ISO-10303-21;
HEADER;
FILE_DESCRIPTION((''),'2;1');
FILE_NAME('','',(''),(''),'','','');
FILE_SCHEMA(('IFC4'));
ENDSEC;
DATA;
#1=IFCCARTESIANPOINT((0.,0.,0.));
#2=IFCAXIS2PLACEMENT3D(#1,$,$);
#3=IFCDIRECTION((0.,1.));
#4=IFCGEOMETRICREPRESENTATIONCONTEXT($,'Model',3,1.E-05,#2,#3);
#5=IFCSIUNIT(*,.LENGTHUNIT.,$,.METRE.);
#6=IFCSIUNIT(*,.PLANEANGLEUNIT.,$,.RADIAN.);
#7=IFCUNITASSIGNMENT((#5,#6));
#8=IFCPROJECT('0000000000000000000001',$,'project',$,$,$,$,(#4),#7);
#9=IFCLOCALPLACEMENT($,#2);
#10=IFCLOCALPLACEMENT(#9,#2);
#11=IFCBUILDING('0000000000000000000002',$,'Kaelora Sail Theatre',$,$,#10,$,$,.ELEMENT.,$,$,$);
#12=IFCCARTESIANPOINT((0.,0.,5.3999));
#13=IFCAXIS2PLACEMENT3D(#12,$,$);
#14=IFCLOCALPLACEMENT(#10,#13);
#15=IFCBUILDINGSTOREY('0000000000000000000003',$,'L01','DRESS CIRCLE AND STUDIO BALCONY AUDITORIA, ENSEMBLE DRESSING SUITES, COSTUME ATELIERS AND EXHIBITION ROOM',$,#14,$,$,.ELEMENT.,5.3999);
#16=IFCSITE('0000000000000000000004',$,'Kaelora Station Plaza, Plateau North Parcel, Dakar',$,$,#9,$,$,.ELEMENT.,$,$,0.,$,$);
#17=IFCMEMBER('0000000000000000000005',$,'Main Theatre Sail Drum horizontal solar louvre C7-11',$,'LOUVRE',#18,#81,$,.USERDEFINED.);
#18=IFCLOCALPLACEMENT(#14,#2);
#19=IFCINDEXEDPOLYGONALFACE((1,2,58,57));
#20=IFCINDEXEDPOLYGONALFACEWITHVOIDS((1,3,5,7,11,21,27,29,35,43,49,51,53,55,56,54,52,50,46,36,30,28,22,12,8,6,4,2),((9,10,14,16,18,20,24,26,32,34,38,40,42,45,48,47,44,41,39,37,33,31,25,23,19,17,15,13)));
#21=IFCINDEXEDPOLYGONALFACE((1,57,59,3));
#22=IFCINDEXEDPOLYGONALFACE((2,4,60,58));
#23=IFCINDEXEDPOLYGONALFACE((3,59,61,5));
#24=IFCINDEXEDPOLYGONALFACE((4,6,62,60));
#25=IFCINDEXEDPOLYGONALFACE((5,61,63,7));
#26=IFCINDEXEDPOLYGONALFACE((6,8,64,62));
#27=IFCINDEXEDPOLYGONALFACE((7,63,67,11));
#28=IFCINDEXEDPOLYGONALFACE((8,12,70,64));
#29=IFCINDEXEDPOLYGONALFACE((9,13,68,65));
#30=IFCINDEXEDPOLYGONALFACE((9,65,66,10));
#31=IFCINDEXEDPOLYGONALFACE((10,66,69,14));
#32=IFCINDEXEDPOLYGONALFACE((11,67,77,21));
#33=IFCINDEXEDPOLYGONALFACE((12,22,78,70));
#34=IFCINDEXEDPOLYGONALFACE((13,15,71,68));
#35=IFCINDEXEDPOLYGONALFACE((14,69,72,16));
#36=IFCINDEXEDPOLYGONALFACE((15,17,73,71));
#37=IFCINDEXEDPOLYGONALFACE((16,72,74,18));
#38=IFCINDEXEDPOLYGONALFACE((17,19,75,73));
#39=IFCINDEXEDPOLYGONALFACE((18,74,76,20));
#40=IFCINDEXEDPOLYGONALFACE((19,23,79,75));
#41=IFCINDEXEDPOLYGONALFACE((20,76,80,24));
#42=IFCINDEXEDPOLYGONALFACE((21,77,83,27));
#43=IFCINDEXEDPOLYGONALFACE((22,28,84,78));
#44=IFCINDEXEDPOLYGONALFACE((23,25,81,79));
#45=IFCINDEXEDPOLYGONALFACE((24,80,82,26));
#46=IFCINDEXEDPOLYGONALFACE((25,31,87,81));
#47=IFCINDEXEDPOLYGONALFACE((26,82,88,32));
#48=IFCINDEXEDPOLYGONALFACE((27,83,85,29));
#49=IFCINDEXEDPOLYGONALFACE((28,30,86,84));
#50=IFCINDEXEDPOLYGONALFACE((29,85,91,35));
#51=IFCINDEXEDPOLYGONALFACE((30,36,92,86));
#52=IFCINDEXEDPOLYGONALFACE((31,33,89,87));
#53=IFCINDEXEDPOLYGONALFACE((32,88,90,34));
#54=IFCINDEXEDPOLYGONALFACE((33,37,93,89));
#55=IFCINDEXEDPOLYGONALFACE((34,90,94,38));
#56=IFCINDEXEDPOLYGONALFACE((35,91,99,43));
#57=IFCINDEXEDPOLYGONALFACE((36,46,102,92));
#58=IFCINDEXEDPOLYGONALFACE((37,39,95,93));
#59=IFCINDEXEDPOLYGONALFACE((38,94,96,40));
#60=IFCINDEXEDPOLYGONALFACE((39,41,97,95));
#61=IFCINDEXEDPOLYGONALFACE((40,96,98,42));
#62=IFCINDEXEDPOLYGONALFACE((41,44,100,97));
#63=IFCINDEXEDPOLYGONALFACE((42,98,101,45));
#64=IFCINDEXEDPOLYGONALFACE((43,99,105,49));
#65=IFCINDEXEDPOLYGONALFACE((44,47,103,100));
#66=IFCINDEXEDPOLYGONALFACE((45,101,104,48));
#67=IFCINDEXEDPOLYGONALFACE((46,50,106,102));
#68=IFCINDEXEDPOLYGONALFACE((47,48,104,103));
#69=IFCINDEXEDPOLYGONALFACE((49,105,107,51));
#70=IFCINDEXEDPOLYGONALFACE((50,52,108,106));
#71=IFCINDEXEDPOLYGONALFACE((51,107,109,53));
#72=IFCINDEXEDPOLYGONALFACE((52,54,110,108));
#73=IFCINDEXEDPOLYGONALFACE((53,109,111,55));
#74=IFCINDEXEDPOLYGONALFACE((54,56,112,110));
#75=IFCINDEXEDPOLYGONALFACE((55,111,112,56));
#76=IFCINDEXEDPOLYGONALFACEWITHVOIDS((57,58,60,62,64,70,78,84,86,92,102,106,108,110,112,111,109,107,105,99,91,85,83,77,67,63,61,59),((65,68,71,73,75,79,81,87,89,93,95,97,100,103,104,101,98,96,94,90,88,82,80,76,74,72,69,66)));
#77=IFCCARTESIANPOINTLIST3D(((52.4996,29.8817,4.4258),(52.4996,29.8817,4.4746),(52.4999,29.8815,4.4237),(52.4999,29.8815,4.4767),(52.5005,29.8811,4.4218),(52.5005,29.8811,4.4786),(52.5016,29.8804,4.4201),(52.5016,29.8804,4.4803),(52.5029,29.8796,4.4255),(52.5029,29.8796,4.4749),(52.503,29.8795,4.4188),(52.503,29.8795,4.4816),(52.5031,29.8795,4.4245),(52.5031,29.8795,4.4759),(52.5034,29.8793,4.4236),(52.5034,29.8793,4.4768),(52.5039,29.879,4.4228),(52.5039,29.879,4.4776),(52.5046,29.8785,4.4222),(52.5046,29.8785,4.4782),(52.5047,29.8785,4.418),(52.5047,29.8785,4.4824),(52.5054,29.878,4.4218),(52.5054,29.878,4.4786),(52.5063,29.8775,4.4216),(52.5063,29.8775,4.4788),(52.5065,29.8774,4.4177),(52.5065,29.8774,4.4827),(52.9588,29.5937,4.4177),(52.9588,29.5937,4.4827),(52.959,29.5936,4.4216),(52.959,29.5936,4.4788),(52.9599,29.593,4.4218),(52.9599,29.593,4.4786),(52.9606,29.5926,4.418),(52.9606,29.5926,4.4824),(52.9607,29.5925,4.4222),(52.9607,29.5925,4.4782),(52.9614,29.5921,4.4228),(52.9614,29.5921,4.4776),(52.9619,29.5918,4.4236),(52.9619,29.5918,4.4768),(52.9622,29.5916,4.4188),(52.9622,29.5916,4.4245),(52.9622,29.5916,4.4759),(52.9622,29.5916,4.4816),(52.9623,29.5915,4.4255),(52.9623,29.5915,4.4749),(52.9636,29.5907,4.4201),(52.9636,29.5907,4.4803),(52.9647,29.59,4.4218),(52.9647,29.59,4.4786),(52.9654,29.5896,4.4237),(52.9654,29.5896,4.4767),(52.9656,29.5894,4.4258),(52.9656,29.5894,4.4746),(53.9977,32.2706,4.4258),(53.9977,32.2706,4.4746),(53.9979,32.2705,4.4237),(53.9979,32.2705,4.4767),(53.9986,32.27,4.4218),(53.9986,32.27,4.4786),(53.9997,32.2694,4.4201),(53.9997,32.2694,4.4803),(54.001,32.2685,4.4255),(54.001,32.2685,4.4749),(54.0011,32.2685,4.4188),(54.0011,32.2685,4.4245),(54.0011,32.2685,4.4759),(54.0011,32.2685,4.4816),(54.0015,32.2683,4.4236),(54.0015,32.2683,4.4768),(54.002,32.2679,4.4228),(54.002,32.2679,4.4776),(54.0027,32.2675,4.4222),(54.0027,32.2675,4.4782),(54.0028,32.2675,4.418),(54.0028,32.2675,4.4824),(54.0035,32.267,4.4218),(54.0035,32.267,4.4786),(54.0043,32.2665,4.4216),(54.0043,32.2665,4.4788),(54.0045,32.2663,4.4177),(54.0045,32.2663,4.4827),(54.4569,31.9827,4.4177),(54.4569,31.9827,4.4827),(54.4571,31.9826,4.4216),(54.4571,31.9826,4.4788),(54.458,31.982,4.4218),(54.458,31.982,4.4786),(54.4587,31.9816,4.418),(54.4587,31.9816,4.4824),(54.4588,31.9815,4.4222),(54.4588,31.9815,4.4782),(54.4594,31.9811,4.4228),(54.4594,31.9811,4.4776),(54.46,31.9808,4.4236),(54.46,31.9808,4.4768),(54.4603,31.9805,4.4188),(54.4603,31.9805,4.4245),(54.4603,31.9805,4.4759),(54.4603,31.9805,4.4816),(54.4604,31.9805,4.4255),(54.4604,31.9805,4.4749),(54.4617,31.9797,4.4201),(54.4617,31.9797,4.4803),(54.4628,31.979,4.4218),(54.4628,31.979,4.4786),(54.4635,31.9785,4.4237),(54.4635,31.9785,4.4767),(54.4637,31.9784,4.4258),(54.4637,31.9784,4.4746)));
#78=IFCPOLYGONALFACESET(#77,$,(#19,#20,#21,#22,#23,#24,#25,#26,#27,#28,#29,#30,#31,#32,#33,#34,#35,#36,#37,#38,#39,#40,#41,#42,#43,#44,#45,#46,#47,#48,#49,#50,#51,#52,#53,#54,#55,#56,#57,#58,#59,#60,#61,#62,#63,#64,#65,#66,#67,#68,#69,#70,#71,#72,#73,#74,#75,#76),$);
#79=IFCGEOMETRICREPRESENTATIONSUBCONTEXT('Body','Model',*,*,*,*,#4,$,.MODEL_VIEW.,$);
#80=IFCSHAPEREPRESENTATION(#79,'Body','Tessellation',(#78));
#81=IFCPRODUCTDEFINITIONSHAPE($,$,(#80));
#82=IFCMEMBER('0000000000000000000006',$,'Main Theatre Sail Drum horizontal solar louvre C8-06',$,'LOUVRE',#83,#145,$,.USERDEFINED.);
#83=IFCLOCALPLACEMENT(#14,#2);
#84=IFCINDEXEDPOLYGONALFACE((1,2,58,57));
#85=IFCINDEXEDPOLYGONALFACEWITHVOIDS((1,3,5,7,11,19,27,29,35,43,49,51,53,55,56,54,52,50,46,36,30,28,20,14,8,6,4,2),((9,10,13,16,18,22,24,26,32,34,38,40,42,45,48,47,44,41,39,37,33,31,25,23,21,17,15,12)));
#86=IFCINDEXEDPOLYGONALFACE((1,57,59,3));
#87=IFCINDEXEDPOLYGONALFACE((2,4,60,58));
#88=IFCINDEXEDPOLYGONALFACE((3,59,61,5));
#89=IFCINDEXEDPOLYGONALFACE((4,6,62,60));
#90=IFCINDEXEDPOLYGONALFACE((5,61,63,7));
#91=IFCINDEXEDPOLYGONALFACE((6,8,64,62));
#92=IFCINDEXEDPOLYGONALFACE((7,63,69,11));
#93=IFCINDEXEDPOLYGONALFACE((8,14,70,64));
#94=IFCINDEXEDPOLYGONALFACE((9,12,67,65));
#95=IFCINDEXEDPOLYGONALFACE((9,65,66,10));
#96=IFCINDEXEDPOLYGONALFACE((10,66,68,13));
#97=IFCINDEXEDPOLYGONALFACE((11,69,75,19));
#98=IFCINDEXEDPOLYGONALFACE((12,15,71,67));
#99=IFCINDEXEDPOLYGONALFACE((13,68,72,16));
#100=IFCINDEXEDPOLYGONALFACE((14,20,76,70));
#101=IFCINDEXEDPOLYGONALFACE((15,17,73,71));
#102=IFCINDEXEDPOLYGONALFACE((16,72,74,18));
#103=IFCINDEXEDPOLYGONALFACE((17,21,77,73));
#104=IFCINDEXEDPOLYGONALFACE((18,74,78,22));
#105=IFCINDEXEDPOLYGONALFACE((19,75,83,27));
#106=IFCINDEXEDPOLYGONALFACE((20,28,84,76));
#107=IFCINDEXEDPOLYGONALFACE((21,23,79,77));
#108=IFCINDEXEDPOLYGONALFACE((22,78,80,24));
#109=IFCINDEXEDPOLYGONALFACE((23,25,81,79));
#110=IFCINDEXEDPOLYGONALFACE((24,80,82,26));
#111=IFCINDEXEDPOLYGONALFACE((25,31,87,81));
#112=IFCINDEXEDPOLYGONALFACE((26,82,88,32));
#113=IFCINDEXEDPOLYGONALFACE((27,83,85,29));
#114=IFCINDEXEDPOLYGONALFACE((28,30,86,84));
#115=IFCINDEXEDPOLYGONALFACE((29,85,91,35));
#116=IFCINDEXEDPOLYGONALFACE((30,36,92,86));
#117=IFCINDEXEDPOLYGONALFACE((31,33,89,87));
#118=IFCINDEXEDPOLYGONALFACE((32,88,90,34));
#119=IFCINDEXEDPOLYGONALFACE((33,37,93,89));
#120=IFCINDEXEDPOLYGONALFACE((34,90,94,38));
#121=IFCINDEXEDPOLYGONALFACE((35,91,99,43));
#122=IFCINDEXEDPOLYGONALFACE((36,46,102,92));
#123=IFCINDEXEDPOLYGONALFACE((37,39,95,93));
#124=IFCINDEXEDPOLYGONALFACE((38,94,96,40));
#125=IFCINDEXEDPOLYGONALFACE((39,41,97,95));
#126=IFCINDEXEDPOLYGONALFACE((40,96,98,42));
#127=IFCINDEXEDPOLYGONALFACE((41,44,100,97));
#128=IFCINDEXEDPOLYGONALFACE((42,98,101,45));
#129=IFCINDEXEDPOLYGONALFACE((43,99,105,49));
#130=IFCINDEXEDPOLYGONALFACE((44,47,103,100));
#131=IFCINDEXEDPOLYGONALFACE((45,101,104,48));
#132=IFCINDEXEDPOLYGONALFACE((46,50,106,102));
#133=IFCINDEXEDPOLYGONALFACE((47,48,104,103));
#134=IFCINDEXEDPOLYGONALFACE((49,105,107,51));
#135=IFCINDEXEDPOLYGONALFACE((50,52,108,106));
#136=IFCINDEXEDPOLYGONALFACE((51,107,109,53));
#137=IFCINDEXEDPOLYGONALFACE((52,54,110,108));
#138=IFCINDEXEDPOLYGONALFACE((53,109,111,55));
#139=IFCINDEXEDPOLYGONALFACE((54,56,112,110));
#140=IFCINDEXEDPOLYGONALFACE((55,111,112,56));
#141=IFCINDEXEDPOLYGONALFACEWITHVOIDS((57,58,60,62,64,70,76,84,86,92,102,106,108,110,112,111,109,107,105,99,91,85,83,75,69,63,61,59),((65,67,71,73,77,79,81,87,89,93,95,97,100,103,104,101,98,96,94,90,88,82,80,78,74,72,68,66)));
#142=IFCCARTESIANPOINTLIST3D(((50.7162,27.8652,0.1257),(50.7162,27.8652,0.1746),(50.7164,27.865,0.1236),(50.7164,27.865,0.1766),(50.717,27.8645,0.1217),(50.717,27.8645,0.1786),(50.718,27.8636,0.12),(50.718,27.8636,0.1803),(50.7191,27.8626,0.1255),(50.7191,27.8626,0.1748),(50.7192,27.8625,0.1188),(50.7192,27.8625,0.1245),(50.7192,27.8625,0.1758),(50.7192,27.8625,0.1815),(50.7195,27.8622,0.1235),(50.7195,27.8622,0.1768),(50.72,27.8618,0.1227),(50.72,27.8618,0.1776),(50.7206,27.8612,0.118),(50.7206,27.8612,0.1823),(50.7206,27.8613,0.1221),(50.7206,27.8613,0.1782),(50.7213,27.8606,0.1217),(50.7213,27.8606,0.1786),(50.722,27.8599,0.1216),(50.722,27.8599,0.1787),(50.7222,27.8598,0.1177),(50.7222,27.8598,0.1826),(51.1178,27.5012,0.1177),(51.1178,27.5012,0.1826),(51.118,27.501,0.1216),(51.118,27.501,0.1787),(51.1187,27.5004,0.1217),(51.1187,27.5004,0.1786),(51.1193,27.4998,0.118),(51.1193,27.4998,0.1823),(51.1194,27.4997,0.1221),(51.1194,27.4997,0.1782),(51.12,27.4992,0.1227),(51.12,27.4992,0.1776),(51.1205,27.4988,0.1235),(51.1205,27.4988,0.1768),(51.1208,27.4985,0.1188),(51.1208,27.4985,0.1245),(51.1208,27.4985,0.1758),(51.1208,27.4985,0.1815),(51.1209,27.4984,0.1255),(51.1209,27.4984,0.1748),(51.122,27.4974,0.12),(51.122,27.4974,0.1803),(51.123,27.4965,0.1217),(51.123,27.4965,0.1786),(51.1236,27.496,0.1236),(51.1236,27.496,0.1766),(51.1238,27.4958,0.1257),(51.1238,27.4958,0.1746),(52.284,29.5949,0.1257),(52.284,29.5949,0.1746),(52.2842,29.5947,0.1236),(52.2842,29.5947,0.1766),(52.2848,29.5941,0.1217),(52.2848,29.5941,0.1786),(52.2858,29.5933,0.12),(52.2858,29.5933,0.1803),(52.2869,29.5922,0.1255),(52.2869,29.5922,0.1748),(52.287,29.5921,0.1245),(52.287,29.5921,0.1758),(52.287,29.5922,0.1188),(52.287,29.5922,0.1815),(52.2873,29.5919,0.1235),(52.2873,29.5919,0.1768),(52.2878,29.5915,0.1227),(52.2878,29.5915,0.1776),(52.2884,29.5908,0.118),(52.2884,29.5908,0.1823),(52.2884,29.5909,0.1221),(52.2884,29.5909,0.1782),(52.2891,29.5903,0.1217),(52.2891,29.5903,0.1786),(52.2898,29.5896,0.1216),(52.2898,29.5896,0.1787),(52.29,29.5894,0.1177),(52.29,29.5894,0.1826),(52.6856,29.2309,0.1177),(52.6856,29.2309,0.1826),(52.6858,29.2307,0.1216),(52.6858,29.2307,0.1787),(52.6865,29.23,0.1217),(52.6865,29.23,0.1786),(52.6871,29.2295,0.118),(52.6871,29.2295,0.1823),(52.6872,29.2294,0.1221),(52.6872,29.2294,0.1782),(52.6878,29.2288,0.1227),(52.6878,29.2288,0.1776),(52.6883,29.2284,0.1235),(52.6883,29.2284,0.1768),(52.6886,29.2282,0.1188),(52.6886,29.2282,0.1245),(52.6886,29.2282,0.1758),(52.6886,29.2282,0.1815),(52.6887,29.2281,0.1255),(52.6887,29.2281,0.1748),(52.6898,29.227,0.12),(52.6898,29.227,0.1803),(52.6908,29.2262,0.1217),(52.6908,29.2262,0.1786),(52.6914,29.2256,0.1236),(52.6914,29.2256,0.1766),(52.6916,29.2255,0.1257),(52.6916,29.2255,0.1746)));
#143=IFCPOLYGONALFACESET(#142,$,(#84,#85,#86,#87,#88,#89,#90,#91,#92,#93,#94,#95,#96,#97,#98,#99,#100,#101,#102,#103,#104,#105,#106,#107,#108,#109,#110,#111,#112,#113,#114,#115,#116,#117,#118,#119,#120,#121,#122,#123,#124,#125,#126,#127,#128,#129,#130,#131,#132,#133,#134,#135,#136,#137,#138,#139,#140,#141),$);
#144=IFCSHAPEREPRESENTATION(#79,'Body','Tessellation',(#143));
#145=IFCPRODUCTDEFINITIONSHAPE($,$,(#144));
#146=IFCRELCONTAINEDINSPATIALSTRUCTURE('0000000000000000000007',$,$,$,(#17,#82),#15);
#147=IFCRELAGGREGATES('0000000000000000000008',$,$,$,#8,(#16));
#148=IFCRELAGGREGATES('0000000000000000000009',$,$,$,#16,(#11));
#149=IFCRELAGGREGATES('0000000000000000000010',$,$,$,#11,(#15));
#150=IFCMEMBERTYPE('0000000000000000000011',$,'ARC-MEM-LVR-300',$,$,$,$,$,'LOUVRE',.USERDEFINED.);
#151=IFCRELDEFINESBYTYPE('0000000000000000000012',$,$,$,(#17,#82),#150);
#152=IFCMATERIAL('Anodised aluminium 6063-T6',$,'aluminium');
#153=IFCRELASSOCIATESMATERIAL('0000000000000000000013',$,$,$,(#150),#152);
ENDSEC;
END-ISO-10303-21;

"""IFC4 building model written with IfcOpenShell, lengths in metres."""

from ifc_helpers import new_model, si_unit, direction, frame, origin, origin_2d, place, context, subcontext, project, spatial, hollow_rectangle, extrude, material, material_profile, profile_set, type_object, element, save


model = new_model("IFC4")

# Units and contexts
model_context = context("Model", 3, precision=1e-05, world=origin(), true_north=direction((0.0, 1.0)))
body_context = subcontext(model_context, "Body", "Model", "MODEL_VIEW")
ifc_project = project(units=[si_unit("LENGTHUNIT", "METRE"), si_unit("PLANEANGLEUNIT", "RADIAN")], contexts=[model_context])

# Site, building, storey
site_placement = place(None, origin())
site = spatial("IfcSite", under=ifc_project, at=site_placement, Name="Kaelora Station Plaza, Plateau North Parcel, Dakar", CompositionType="ELEMENT", RefElevation=0.0)
building_placement = place(site_placement, origin())
building = spatial("IfcBuilding", under=site, at=building_placement, Name="Kaelora Sail Theatre", CompositionType="ELEMENT")
storey_placement = place(building_placement, frame((0.0, 0.0, 5.3999)))
storey = spatial("IfcBuildingStorey", under=building, at=storey_placement, Name="L01", Description="DRESS CIRCLE AND STUDIO BALCONY AUDITORIA, ENSEMBLE DRESSING SUITES, COSTUME ATELIERS AND EXHIBITION ROOM", CompositionType="ELEMENT", Elevation=5.3999)

# Members
ifc_material_1 = material(Name="Anodised aluminium 6063-T6", Category="aluminium")
ifc_material_profile_1 = material_profile(ifc_material_1, hollow_rectangle(XDim=0.55, YDim=0.0649, WallThickness=0.0039, InnerFilletRadius=0.0039, OuterFilletRadius=0.0081, at=origin_2d()), Name="LOUVRE 550x65x4")
ifc_profile_set_1 = profile_set([ifc_material_profile_1], Name="Anodised aluminium 6063-T6")
member_type = type_object("IfcMemberType", Name="ARC-MEM-LVR-300", ElementType="LOUVRE", PredefinedType="USERDEFINED", material=ifc_profile_set_1)
for number, where, z_axis, x_axis, name in (
    (1, (54.2307, 32.1245, 4.4502), (-0.531267, -0.847204, 0.0), (0.847204, -0.531267, 0.0), "Main Theatre Sail Drum horizontal solar louvre C7-11"),
):
    element("IfcMember", number, at=place(storey_placement, frame(where, z_axis=z_axis, x_axis=x_axis)), inside=storey, type_object=member_type, Name=name, ObjectType="LOUVRE", PredefinedType="USERDEFINED", context=body_context, shape_type="SweptSolid", body=[
        extrude(hollow_rectangle(XDim=0.55, YDim=0.0649, WallThickness=0.0039, InnerFilletRadius=0.0039, OuterFilletRadius=0.0081, at=origin_2d()), origin(), (0.0, 0.0, 1.0), 2.8198),
    ])
for number, where, z_axis, x_axis, name in (
    (2, (52.4878, 29.4102, 0.1501), (-0.671589, -0.740924, 0.0), (0.740924, -0.671589, 0.0), "Main Theatre Sail Drum horizontal solar louvre C8-06"),
):
    element("IfcMember", number, at=place(storey_placement, frame(where, z_axis=z_axis, x_axis=x_axis)), inside=storey, type_object=member_type, Name=name, ObjectType="LOUVRE", PredefinedType="USERDEFINED", context=body_context, shape_type="SweptSolid", body=[
        extrude(hollow_rectangle(XDim=0.55, YDim=0.0649, WallThickness=0.0039, InnerFilletRadius=0.0039, OuterFilletRadius=0.0081, at=origin_2d()), origin(), (0.0, 0.0, 1.0), 2.3345),
    ])

save(model, "model.ifc")
